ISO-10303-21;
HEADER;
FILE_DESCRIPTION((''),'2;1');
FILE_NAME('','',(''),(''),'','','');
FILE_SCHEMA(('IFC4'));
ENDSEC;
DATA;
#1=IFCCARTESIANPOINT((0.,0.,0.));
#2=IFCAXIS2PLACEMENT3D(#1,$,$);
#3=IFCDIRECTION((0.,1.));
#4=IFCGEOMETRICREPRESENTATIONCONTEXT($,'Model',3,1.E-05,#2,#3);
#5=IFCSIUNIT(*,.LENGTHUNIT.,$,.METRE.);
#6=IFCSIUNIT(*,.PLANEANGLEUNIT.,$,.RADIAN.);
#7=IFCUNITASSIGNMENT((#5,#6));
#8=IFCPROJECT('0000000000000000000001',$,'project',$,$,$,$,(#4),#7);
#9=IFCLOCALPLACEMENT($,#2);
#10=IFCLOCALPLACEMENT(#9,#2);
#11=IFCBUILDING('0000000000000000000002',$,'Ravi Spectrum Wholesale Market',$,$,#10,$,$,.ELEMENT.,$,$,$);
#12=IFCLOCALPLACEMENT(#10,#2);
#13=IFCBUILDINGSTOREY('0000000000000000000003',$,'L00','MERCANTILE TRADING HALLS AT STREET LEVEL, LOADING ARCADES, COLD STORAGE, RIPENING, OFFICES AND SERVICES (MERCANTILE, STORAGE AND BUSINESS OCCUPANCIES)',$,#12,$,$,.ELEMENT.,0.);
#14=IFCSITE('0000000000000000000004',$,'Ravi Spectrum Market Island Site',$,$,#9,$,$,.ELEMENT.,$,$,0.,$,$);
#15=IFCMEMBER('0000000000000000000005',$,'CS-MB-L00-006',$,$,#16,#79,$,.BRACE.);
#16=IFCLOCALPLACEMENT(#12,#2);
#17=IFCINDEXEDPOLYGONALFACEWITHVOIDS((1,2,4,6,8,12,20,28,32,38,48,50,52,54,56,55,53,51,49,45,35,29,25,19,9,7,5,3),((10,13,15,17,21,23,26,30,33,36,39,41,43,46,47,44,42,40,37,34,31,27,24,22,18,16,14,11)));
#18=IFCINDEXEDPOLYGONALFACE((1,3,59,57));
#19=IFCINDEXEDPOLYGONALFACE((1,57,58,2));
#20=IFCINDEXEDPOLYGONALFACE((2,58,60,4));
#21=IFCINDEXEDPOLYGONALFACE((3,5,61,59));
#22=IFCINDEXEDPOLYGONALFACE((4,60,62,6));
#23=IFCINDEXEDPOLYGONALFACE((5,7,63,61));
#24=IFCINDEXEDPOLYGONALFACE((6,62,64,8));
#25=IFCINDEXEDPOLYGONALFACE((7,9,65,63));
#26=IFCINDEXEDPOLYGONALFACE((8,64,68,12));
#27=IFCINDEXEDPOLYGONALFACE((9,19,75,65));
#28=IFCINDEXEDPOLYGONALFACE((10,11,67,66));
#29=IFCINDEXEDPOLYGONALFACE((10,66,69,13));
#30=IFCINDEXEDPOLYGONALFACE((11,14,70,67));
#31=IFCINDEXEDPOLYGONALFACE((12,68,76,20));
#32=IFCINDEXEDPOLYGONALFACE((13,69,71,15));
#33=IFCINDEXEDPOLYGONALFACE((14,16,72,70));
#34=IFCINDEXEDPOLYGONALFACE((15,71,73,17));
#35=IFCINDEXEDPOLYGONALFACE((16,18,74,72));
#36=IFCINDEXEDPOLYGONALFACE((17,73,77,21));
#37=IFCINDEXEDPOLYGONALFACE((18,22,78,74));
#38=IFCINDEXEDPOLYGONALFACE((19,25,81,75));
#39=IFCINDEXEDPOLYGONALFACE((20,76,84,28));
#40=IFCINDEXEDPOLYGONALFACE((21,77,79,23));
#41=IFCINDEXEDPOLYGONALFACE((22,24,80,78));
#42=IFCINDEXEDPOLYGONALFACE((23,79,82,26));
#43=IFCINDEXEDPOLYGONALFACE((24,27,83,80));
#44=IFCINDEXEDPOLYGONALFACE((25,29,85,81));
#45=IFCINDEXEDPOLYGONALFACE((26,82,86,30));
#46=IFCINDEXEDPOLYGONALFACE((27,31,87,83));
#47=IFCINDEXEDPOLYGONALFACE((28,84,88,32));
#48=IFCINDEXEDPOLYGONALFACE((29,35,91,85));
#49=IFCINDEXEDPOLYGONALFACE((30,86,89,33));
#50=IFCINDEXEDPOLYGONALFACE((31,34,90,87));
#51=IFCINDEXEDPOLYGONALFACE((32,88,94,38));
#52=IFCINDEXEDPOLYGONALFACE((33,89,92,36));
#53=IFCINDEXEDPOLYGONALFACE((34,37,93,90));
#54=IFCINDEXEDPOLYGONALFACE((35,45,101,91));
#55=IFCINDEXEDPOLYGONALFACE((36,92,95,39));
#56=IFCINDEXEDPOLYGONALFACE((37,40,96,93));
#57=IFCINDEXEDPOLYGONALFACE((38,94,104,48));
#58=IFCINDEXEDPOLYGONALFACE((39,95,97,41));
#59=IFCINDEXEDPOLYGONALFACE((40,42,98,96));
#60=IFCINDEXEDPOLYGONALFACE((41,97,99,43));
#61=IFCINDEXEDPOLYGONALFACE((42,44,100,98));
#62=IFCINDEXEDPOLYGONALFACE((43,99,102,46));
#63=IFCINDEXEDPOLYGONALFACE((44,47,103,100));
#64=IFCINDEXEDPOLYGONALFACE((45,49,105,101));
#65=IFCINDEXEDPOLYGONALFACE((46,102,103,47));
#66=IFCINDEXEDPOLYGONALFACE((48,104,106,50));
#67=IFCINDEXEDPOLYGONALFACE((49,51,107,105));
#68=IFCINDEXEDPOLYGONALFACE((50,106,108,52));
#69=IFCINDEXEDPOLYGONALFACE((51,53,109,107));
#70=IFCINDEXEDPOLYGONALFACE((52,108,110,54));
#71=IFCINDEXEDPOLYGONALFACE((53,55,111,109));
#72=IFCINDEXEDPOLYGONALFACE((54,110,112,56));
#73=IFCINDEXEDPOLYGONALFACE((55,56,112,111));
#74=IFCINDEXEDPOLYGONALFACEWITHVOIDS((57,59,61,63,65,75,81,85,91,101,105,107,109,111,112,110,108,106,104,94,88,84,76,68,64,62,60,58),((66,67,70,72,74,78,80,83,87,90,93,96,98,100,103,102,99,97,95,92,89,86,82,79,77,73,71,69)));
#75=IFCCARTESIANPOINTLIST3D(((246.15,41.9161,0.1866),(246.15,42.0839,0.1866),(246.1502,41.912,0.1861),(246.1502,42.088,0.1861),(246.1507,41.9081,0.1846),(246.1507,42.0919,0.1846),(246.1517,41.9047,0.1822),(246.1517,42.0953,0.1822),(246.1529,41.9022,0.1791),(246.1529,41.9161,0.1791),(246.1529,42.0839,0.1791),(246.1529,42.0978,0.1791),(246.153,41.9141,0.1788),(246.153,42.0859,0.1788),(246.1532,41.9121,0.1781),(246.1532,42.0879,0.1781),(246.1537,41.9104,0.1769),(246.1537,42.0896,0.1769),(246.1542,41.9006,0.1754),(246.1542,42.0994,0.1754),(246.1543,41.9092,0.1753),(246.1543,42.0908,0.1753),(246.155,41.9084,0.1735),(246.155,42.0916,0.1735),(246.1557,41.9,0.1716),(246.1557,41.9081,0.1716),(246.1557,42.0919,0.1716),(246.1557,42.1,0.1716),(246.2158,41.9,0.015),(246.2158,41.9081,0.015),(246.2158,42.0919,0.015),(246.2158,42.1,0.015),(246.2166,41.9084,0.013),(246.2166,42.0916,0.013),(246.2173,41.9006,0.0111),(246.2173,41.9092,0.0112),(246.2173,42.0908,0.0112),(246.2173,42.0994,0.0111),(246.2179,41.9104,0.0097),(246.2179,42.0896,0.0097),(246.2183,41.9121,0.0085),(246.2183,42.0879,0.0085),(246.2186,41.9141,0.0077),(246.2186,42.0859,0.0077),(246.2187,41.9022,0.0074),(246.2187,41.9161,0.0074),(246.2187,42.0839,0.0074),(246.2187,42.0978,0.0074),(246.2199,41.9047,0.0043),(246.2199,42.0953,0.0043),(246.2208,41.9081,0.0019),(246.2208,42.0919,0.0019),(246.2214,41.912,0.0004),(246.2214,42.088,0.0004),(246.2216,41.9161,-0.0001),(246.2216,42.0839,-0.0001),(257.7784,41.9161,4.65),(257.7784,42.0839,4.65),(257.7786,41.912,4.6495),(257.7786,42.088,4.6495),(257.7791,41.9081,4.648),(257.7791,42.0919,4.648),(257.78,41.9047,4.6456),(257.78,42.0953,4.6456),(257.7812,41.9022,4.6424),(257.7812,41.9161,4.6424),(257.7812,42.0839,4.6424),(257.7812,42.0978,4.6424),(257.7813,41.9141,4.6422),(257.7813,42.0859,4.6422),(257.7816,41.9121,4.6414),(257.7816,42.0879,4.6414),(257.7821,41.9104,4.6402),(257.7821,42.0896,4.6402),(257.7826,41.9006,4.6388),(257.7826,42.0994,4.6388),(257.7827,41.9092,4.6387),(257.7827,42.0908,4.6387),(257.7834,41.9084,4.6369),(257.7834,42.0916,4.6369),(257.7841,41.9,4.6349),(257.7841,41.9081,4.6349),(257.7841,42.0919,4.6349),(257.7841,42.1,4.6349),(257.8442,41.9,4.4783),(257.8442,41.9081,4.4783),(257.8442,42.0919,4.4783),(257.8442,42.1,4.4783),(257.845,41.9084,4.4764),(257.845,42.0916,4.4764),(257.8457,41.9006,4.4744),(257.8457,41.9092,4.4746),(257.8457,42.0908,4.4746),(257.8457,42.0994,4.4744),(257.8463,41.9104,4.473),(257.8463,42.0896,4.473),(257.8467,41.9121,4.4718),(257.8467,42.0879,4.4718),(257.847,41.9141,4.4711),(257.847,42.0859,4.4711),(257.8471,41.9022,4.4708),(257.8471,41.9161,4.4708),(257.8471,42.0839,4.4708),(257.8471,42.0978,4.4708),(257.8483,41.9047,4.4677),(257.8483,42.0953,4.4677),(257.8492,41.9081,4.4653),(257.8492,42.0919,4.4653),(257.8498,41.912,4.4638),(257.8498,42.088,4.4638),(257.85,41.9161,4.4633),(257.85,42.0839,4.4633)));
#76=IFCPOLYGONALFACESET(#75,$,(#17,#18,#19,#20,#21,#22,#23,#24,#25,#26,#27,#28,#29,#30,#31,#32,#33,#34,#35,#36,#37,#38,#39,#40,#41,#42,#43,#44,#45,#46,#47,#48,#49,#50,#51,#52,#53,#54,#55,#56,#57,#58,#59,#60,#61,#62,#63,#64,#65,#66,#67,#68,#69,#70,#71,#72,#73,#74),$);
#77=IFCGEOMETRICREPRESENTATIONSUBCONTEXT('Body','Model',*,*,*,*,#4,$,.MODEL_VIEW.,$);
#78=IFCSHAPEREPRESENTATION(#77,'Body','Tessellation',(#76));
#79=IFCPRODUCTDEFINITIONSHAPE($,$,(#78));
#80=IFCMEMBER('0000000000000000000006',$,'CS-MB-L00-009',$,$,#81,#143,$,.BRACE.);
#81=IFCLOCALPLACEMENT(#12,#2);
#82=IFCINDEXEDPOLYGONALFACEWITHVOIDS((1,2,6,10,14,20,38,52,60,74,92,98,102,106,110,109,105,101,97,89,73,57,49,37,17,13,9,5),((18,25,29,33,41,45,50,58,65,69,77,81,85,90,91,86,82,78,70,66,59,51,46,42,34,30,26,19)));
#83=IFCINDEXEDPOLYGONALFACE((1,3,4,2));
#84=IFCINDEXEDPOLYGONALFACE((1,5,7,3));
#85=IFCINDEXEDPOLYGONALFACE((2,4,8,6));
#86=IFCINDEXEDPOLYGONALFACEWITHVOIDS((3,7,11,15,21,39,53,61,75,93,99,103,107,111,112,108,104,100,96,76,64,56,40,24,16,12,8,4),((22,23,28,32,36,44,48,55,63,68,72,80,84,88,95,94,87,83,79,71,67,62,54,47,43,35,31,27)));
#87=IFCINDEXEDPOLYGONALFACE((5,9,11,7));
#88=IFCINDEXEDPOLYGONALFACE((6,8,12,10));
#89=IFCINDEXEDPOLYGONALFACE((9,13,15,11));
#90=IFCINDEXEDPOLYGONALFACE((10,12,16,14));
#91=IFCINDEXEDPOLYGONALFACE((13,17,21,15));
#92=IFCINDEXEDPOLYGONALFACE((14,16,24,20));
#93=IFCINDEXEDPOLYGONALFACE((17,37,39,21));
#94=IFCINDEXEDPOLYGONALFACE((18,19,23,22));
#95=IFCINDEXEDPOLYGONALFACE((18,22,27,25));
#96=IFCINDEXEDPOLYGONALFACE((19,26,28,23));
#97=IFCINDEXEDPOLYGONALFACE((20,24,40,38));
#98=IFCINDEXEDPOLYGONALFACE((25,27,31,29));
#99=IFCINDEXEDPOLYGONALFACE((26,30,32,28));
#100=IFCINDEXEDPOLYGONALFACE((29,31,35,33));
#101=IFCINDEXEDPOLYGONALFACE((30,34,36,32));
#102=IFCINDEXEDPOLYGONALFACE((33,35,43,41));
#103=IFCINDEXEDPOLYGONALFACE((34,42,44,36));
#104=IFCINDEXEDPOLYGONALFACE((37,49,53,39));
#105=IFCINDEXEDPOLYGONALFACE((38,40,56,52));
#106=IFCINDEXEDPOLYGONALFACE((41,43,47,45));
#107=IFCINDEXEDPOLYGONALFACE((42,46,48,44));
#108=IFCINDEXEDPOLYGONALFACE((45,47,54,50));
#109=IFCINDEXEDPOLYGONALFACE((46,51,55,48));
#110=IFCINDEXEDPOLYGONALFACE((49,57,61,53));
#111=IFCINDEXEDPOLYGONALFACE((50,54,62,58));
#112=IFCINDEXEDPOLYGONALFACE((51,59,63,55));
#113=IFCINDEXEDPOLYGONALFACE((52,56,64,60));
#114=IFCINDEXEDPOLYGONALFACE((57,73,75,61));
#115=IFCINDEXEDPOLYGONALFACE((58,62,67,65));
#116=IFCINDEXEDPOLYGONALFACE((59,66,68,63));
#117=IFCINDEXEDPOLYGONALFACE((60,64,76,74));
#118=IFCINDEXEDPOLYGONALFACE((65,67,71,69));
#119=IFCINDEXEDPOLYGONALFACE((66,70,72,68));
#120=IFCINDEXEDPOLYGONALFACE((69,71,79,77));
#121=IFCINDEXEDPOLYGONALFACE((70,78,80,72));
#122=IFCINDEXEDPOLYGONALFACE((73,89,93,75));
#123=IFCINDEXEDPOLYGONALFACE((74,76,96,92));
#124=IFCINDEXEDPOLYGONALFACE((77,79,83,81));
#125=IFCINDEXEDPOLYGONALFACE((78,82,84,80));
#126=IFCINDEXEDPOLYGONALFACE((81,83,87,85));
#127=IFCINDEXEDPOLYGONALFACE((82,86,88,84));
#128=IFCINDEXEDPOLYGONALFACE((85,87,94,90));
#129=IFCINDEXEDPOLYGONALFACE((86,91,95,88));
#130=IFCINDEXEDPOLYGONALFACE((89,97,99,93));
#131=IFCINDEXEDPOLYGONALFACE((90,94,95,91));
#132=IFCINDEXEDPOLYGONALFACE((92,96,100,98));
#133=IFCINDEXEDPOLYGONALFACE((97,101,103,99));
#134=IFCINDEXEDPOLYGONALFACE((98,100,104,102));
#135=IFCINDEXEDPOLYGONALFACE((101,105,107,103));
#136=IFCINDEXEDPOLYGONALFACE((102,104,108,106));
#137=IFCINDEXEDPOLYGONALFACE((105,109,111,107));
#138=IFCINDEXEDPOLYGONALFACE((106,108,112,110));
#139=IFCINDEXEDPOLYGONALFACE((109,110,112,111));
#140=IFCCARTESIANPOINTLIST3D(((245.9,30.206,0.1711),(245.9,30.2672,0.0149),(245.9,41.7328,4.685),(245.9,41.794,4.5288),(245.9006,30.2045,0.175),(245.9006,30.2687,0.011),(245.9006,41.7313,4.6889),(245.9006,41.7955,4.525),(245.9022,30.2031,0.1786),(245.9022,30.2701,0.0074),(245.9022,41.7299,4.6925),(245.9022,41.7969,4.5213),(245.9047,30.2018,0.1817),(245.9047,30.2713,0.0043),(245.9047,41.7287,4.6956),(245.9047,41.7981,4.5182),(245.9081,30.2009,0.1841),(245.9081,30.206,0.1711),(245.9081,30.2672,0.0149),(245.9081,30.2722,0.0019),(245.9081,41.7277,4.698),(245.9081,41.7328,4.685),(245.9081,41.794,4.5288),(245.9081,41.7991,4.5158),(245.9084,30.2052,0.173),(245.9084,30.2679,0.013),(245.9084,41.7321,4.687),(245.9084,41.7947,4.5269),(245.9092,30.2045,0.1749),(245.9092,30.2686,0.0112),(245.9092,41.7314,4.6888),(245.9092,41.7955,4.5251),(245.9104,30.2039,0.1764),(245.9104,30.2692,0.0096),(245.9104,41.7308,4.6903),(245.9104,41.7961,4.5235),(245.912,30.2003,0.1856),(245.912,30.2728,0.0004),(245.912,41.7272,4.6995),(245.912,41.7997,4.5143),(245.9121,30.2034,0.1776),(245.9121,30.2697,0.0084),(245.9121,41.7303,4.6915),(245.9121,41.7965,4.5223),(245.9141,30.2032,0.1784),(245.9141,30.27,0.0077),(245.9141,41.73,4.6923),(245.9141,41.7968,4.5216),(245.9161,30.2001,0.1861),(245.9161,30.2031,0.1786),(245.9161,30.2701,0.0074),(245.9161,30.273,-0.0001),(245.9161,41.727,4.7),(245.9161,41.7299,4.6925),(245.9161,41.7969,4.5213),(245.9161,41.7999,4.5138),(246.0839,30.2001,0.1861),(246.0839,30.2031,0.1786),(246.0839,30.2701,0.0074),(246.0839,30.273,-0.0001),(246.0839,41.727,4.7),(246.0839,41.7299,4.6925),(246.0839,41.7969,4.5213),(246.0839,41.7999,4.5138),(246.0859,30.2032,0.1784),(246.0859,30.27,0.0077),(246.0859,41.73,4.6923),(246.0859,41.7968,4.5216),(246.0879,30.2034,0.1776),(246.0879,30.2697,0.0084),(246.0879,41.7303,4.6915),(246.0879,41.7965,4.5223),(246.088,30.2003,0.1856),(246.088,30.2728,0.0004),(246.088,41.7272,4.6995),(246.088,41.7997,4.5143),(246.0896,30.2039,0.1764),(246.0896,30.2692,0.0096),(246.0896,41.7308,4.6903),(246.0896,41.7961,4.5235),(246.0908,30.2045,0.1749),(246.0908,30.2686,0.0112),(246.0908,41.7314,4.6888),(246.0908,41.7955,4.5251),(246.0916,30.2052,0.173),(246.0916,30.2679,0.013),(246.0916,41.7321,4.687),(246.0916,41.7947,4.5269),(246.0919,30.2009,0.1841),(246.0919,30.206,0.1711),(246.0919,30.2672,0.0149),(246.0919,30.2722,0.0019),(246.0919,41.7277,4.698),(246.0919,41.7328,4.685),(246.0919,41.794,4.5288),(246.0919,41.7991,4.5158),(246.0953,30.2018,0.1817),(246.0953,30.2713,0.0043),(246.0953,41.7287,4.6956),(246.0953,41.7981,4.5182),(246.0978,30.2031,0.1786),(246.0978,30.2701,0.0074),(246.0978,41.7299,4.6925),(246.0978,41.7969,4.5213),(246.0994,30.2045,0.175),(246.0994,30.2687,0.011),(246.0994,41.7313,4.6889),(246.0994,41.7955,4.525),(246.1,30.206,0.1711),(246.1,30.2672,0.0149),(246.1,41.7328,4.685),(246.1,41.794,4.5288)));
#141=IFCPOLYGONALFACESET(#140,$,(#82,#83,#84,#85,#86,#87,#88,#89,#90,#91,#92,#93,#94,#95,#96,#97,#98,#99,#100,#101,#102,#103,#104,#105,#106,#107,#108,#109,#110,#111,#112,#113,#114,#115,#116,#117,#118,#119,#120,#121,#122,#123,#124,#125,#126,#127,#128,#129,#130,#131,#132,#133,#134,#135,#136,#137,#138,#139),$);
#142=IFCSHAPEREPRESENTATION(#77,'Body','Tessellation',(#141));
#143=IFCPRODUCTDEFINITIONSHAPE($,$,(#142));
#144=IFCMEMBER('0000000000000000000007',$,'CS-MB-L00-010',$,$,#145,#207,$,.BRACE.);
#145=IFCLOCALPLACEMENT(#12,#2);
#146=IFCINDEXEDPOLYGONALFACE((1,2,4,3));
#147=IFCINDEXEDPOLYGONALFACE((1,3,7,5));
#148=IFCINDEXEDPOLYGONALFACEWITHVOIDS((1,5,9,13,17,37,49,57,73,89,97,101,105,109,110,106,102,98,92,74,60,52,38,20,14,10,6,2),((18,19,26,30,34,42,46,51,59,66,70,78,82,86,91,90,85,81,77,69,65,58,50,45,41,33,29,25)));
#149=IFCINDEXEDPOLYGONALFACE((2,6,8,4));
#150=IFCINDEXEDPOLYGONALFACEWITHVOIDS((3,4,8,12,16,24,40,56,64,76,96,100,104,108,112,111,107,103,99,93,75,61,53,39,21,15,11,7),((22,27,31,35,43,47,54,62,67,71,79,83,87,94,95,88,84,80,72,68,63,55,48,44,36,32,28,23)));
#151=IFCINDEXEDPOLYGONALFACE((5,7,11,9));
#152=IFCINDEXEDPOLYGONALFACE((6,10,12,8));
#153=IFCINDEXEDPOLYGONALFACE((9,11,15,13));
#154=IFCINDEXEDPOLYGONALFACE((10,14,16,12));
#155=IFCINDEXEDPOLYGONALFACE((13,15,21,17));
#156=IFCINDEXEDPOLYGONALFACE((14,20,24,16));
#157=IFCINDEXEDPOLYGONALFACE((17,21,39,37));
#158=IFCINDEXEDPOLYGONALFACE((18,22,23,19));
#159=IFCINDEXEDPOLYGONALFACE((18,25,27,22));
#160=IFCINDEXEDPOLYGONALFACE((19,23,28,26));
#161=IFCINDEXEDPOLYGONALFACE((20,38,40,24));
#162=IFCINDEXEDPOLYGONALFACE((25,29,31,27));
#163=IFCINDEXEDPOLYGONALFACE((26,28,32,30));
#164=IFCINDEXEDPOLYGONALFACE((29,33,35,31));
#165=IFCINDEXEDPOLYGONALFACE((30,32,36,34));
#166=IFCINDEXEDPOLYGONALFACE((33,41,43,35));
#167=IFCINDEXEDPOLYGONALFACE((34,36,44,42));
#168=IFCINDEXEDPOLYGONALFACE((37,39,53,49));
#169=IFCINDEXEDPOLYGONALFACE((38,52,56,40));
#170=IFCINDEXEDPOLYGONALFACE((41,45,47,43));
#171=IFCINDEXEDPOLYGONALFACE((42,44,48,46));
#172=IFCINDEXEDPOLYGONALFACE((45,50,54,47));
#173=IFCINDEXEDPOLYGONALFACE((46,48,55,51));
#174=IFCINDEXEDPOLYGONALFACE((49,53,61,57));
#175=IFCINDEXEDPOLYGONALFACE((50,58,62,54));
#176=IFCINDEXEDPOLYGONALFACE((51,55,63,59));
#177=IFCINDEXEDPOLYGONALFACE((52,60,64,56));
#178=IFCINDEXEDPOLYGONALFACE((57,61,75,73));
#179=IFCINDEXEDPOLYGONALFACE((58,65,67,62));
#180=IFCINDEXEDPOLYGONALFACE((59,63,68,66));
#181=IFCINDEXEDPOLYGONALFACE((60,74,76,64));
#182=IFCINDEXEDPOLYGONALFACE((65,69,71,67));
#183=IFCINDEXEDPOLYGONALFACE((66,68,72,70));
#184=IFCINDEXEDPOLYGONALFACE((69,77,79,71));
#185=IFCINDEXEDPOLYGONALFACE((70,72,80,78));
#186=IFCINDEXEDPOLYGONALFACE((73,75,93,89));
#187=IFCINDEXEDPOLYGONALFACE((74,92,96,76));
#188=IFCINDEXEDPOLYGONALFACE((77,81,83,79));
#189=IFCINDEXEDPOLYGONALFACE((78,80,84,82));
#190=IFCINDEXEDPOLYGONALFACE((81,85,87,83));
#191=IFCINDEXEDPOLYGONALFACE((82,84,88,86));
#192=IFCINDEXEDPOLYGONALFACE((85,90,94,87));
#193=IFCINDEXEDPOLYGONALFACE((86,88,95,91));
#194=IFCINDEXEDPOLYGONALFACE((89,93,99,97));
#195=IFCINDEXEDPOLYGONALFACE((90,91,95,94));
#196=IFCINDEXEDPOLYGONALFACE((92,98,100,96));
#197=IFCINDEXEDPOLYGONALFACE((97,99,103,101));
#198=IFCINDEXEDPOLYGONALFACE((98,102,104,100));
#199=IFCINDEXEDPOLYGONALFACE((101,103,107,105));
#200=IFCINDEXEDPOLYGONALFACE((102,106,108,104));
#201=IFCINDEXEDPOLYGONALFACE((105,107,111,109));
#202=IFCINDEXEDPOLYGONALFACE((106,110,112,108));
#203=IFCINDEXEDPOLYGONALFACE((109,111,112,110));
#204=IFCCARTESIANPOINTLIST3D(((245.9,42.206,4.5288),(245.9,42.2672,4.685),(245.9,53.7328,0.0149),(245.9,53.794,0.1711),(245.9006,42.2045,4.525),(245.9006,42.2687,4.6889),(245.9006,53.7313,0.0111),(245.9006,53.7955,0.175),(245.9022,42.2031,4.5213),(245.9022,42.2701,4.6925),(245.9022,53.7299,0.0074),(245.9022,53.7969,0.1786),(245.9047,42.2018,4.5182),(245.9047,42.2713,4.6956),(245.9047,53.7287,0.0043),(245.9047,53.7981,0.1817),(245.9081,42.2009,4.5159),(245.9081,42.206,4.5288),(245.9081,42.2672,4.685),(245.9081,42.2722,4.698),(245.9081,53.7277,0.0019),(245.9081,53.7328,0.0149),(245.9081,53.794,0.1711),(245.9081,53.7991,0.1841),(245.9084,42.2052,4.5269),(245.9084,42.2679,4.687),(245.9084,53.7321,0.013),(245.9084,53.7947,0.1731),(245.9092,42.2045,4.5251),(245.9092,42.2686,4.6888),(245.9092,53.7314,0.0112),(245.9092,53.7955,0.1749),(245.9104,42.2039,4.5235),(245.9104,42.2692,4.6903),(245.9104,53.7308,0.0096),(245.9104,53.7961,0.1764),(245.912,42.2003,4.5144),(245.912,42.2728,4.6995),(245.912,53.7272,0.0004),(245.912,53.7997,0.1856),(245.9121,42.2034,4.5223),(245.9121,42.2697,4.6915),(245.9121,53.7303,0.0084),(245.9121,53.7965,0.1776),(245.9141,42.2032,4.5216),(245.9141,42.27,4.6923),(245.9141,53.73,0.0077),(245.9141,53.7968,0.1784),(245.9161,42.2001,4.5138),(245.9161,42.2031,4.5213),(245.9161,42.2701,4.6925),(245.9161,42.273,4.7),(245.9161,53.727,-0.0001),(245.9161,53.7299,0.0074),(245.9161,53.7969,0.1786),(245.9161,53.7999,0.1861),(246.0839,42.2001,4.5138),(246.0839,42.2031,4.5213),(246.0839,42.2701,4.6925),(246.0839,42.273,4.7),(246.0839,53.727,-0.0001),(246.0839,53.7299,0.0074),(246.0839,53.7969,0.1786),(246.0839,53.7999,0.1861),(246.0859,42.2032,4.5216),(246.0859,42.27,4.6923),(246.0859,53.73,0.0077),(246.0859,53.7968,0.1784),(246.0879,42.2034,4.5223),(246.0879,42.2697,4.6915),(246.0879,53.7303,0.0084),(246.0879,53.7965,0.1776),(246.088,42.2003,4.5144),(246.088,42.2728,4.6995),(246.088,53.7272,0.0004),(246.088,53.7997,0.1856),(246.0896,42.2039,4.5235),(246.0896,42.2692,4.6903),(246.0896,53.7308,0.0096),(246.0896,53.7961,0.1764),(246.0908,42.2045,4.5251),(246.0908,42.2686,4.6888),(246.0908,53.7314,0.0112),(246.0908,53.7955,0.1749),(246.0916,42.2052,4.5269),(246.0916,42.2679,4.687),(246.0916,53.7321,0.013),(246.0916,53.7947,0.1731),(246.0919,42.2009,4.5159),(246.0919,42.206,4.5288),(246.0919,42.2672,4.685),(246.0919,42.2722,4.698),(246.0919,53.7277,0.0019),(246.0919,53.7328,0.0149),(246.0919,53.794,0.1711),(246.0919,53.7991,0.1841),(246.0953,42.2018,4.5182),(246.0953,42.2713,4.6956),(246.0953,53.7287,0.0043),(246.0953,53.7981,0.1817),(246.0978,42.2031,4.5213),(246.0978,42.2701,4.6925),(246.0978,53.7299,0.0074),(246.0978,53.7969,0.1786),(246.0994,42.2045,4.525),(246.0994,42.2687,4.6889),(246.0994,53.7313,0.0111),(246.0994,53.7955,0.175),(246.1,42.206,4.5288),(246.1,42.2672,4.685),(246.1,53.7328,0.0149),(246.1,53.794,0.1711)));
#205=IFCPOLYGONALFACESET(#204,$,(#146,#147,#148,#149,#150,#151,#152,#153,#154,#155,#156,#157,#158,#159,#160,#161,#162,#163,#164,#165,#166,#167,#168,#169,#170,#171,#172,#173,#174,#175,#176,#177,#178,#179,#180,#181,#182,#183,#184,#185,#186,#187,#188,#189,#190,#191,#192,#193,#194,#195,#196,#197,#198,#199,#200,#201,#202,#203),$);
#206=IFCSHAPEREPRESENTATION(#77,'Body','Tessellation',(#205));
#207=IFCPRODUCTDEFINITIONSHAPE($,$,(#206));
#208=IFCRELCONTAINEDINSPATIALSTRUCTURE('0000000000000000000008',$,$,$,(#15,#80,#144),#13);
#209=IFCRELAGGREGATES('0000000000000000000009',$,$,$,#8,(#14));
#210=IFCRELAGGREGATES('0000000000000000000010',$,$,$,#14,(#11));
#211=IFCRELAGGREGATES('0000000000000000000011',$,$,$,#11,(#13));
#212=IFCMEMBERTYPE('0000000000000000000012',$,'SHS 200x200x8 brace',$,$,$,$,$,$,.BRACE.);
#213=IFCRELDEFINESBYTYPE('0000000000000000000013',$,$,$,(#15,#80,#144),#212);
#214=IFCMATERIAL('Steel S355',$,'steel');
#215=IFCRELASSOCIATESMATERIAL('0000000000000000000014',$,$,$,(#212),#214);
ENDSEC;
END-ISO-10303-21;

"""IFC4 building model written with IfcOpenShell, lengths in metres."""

from ifc_helpers import new_model, si_unit, direction, frame, origin, origin_2d, place, context, subcontext, project, spatial, hollow_rectangle, extrude, material, material_profile, profile_set, type_object, element, save


model = new_model("IFC4")

# Units and contexts
model_context = context("Model", 3, precision=1e-05, world=origin(), true_north=direction((0.0, 1.0)))
body_context = subcontext(model_context, "Body", "Model", "MODEL_VIEW")
ifc_project = project(units=[si_unit("LENGTHUNIT", "METRE"), si_unit("PLANEANGLEUNIT", "RADIAN")], contexts=[model_context])

# Site, building, storey
site_placement = place(None, origin())
site = spatial("IfcSite", under=ifc_project, at=site_placement, Name="Ravi Spectrum Market Island Site", CompositionType="ELEMENT", RefElevation=0.0)
building_placement = place(site_placement, origin())
building = spatial("IfcBuilding", under=site, at=building_placement, Name="Ravi Spectrum Wholesale Market", CompositionType="ELEMENT")
storey_placement = place(building_placement, origin())
storey = spatial("IfcBuildingStorey", under=building, at=storey_placement, Name="L00", Description="MERCANTILE TRADING HALLS AT STREET LEVEL, LOADING ARCADES, COLD STORAGE, RIPENING, OFFICES AND SERVICES (MERCANTILE, STORAGE AND BUSINESS OCCUPANCIES)", CompositionType="ELEMENT", Elevation=0.0)

# Members
ifc_material_1 = material(Name="Steel S355", Category="steel")
ifc_material_profile_1 = material_profile(ifc_material_1, hollow_rectangle(XDim=0.2, YDim=0.2, WallThickness=0.0081, InnerFilletRadius=0.0081, OuterFilletRadius=0.0161, at=origin_2d()))
ifc_profile_set_1 = profile_set([ifc_material_profile_1], Name="Steel S355")
member_type = type_object("IfcMemberType", Name="SHS 200x200x8 brace", PredefinedType="BRACE", material=ifc_profile_set_1)
member_placement = place(storey_placement, frame((246.1858, 42.0, 0.0933), z_axis=(0.93359, 0.0, 0.358343), x_axis=(0.0, 1.0, 0.0)))
element("IfcMember", 1, at=member_placement, inside=storey, type_object=member_type, Name="CS-MB-L00-006", PredefinedType="BRACE", context=body_context, shape_type="SweptSolid", body=[
    extrude(hollow_rectangle(XDim=0.2, YDim=0.2, WallThickness=0.0081, InnerFilletRadius=0.0081, OuterFilletRadius=0.0161, at=origin_2d()), origin(), (0.0, 0.0, 1.0), 12.4556),
])
for number, where, z_axis, x_axis, name in (
    (2, (246.0, 30.2366, 0.093), (0.0, 0.931149, 0.364638), (-1.0, 0.0, 0.0), "CS-MB-L00-009"),
    (3, (246.0, 42.2366, 4.6069), (0.0, 0.931149, -0.364638), (-1.0, 0.0, 0.0), "CS-MB-L00-010"),
):
    element("IfcMember", number, at=place(storey_placement, frame(where, z_axis=z_axis, x_axis=x_axis)), inside=storey, type_object=member_type, Name=name, PredefinedType="BRACE", context=body_context, shape_type="SweptSolid", body=[
        extrude(hollow_rectangle(XDim=0.2, YDim=0.2, WallThickness=0.0081, InnerFilletRadius=0.0081, OuterFilletRadius=0.0161, at=origin_2d()), origin(), (0.0, 0.0, 1.0), 12.3792),
    ])

save(model, "model.ifc")
